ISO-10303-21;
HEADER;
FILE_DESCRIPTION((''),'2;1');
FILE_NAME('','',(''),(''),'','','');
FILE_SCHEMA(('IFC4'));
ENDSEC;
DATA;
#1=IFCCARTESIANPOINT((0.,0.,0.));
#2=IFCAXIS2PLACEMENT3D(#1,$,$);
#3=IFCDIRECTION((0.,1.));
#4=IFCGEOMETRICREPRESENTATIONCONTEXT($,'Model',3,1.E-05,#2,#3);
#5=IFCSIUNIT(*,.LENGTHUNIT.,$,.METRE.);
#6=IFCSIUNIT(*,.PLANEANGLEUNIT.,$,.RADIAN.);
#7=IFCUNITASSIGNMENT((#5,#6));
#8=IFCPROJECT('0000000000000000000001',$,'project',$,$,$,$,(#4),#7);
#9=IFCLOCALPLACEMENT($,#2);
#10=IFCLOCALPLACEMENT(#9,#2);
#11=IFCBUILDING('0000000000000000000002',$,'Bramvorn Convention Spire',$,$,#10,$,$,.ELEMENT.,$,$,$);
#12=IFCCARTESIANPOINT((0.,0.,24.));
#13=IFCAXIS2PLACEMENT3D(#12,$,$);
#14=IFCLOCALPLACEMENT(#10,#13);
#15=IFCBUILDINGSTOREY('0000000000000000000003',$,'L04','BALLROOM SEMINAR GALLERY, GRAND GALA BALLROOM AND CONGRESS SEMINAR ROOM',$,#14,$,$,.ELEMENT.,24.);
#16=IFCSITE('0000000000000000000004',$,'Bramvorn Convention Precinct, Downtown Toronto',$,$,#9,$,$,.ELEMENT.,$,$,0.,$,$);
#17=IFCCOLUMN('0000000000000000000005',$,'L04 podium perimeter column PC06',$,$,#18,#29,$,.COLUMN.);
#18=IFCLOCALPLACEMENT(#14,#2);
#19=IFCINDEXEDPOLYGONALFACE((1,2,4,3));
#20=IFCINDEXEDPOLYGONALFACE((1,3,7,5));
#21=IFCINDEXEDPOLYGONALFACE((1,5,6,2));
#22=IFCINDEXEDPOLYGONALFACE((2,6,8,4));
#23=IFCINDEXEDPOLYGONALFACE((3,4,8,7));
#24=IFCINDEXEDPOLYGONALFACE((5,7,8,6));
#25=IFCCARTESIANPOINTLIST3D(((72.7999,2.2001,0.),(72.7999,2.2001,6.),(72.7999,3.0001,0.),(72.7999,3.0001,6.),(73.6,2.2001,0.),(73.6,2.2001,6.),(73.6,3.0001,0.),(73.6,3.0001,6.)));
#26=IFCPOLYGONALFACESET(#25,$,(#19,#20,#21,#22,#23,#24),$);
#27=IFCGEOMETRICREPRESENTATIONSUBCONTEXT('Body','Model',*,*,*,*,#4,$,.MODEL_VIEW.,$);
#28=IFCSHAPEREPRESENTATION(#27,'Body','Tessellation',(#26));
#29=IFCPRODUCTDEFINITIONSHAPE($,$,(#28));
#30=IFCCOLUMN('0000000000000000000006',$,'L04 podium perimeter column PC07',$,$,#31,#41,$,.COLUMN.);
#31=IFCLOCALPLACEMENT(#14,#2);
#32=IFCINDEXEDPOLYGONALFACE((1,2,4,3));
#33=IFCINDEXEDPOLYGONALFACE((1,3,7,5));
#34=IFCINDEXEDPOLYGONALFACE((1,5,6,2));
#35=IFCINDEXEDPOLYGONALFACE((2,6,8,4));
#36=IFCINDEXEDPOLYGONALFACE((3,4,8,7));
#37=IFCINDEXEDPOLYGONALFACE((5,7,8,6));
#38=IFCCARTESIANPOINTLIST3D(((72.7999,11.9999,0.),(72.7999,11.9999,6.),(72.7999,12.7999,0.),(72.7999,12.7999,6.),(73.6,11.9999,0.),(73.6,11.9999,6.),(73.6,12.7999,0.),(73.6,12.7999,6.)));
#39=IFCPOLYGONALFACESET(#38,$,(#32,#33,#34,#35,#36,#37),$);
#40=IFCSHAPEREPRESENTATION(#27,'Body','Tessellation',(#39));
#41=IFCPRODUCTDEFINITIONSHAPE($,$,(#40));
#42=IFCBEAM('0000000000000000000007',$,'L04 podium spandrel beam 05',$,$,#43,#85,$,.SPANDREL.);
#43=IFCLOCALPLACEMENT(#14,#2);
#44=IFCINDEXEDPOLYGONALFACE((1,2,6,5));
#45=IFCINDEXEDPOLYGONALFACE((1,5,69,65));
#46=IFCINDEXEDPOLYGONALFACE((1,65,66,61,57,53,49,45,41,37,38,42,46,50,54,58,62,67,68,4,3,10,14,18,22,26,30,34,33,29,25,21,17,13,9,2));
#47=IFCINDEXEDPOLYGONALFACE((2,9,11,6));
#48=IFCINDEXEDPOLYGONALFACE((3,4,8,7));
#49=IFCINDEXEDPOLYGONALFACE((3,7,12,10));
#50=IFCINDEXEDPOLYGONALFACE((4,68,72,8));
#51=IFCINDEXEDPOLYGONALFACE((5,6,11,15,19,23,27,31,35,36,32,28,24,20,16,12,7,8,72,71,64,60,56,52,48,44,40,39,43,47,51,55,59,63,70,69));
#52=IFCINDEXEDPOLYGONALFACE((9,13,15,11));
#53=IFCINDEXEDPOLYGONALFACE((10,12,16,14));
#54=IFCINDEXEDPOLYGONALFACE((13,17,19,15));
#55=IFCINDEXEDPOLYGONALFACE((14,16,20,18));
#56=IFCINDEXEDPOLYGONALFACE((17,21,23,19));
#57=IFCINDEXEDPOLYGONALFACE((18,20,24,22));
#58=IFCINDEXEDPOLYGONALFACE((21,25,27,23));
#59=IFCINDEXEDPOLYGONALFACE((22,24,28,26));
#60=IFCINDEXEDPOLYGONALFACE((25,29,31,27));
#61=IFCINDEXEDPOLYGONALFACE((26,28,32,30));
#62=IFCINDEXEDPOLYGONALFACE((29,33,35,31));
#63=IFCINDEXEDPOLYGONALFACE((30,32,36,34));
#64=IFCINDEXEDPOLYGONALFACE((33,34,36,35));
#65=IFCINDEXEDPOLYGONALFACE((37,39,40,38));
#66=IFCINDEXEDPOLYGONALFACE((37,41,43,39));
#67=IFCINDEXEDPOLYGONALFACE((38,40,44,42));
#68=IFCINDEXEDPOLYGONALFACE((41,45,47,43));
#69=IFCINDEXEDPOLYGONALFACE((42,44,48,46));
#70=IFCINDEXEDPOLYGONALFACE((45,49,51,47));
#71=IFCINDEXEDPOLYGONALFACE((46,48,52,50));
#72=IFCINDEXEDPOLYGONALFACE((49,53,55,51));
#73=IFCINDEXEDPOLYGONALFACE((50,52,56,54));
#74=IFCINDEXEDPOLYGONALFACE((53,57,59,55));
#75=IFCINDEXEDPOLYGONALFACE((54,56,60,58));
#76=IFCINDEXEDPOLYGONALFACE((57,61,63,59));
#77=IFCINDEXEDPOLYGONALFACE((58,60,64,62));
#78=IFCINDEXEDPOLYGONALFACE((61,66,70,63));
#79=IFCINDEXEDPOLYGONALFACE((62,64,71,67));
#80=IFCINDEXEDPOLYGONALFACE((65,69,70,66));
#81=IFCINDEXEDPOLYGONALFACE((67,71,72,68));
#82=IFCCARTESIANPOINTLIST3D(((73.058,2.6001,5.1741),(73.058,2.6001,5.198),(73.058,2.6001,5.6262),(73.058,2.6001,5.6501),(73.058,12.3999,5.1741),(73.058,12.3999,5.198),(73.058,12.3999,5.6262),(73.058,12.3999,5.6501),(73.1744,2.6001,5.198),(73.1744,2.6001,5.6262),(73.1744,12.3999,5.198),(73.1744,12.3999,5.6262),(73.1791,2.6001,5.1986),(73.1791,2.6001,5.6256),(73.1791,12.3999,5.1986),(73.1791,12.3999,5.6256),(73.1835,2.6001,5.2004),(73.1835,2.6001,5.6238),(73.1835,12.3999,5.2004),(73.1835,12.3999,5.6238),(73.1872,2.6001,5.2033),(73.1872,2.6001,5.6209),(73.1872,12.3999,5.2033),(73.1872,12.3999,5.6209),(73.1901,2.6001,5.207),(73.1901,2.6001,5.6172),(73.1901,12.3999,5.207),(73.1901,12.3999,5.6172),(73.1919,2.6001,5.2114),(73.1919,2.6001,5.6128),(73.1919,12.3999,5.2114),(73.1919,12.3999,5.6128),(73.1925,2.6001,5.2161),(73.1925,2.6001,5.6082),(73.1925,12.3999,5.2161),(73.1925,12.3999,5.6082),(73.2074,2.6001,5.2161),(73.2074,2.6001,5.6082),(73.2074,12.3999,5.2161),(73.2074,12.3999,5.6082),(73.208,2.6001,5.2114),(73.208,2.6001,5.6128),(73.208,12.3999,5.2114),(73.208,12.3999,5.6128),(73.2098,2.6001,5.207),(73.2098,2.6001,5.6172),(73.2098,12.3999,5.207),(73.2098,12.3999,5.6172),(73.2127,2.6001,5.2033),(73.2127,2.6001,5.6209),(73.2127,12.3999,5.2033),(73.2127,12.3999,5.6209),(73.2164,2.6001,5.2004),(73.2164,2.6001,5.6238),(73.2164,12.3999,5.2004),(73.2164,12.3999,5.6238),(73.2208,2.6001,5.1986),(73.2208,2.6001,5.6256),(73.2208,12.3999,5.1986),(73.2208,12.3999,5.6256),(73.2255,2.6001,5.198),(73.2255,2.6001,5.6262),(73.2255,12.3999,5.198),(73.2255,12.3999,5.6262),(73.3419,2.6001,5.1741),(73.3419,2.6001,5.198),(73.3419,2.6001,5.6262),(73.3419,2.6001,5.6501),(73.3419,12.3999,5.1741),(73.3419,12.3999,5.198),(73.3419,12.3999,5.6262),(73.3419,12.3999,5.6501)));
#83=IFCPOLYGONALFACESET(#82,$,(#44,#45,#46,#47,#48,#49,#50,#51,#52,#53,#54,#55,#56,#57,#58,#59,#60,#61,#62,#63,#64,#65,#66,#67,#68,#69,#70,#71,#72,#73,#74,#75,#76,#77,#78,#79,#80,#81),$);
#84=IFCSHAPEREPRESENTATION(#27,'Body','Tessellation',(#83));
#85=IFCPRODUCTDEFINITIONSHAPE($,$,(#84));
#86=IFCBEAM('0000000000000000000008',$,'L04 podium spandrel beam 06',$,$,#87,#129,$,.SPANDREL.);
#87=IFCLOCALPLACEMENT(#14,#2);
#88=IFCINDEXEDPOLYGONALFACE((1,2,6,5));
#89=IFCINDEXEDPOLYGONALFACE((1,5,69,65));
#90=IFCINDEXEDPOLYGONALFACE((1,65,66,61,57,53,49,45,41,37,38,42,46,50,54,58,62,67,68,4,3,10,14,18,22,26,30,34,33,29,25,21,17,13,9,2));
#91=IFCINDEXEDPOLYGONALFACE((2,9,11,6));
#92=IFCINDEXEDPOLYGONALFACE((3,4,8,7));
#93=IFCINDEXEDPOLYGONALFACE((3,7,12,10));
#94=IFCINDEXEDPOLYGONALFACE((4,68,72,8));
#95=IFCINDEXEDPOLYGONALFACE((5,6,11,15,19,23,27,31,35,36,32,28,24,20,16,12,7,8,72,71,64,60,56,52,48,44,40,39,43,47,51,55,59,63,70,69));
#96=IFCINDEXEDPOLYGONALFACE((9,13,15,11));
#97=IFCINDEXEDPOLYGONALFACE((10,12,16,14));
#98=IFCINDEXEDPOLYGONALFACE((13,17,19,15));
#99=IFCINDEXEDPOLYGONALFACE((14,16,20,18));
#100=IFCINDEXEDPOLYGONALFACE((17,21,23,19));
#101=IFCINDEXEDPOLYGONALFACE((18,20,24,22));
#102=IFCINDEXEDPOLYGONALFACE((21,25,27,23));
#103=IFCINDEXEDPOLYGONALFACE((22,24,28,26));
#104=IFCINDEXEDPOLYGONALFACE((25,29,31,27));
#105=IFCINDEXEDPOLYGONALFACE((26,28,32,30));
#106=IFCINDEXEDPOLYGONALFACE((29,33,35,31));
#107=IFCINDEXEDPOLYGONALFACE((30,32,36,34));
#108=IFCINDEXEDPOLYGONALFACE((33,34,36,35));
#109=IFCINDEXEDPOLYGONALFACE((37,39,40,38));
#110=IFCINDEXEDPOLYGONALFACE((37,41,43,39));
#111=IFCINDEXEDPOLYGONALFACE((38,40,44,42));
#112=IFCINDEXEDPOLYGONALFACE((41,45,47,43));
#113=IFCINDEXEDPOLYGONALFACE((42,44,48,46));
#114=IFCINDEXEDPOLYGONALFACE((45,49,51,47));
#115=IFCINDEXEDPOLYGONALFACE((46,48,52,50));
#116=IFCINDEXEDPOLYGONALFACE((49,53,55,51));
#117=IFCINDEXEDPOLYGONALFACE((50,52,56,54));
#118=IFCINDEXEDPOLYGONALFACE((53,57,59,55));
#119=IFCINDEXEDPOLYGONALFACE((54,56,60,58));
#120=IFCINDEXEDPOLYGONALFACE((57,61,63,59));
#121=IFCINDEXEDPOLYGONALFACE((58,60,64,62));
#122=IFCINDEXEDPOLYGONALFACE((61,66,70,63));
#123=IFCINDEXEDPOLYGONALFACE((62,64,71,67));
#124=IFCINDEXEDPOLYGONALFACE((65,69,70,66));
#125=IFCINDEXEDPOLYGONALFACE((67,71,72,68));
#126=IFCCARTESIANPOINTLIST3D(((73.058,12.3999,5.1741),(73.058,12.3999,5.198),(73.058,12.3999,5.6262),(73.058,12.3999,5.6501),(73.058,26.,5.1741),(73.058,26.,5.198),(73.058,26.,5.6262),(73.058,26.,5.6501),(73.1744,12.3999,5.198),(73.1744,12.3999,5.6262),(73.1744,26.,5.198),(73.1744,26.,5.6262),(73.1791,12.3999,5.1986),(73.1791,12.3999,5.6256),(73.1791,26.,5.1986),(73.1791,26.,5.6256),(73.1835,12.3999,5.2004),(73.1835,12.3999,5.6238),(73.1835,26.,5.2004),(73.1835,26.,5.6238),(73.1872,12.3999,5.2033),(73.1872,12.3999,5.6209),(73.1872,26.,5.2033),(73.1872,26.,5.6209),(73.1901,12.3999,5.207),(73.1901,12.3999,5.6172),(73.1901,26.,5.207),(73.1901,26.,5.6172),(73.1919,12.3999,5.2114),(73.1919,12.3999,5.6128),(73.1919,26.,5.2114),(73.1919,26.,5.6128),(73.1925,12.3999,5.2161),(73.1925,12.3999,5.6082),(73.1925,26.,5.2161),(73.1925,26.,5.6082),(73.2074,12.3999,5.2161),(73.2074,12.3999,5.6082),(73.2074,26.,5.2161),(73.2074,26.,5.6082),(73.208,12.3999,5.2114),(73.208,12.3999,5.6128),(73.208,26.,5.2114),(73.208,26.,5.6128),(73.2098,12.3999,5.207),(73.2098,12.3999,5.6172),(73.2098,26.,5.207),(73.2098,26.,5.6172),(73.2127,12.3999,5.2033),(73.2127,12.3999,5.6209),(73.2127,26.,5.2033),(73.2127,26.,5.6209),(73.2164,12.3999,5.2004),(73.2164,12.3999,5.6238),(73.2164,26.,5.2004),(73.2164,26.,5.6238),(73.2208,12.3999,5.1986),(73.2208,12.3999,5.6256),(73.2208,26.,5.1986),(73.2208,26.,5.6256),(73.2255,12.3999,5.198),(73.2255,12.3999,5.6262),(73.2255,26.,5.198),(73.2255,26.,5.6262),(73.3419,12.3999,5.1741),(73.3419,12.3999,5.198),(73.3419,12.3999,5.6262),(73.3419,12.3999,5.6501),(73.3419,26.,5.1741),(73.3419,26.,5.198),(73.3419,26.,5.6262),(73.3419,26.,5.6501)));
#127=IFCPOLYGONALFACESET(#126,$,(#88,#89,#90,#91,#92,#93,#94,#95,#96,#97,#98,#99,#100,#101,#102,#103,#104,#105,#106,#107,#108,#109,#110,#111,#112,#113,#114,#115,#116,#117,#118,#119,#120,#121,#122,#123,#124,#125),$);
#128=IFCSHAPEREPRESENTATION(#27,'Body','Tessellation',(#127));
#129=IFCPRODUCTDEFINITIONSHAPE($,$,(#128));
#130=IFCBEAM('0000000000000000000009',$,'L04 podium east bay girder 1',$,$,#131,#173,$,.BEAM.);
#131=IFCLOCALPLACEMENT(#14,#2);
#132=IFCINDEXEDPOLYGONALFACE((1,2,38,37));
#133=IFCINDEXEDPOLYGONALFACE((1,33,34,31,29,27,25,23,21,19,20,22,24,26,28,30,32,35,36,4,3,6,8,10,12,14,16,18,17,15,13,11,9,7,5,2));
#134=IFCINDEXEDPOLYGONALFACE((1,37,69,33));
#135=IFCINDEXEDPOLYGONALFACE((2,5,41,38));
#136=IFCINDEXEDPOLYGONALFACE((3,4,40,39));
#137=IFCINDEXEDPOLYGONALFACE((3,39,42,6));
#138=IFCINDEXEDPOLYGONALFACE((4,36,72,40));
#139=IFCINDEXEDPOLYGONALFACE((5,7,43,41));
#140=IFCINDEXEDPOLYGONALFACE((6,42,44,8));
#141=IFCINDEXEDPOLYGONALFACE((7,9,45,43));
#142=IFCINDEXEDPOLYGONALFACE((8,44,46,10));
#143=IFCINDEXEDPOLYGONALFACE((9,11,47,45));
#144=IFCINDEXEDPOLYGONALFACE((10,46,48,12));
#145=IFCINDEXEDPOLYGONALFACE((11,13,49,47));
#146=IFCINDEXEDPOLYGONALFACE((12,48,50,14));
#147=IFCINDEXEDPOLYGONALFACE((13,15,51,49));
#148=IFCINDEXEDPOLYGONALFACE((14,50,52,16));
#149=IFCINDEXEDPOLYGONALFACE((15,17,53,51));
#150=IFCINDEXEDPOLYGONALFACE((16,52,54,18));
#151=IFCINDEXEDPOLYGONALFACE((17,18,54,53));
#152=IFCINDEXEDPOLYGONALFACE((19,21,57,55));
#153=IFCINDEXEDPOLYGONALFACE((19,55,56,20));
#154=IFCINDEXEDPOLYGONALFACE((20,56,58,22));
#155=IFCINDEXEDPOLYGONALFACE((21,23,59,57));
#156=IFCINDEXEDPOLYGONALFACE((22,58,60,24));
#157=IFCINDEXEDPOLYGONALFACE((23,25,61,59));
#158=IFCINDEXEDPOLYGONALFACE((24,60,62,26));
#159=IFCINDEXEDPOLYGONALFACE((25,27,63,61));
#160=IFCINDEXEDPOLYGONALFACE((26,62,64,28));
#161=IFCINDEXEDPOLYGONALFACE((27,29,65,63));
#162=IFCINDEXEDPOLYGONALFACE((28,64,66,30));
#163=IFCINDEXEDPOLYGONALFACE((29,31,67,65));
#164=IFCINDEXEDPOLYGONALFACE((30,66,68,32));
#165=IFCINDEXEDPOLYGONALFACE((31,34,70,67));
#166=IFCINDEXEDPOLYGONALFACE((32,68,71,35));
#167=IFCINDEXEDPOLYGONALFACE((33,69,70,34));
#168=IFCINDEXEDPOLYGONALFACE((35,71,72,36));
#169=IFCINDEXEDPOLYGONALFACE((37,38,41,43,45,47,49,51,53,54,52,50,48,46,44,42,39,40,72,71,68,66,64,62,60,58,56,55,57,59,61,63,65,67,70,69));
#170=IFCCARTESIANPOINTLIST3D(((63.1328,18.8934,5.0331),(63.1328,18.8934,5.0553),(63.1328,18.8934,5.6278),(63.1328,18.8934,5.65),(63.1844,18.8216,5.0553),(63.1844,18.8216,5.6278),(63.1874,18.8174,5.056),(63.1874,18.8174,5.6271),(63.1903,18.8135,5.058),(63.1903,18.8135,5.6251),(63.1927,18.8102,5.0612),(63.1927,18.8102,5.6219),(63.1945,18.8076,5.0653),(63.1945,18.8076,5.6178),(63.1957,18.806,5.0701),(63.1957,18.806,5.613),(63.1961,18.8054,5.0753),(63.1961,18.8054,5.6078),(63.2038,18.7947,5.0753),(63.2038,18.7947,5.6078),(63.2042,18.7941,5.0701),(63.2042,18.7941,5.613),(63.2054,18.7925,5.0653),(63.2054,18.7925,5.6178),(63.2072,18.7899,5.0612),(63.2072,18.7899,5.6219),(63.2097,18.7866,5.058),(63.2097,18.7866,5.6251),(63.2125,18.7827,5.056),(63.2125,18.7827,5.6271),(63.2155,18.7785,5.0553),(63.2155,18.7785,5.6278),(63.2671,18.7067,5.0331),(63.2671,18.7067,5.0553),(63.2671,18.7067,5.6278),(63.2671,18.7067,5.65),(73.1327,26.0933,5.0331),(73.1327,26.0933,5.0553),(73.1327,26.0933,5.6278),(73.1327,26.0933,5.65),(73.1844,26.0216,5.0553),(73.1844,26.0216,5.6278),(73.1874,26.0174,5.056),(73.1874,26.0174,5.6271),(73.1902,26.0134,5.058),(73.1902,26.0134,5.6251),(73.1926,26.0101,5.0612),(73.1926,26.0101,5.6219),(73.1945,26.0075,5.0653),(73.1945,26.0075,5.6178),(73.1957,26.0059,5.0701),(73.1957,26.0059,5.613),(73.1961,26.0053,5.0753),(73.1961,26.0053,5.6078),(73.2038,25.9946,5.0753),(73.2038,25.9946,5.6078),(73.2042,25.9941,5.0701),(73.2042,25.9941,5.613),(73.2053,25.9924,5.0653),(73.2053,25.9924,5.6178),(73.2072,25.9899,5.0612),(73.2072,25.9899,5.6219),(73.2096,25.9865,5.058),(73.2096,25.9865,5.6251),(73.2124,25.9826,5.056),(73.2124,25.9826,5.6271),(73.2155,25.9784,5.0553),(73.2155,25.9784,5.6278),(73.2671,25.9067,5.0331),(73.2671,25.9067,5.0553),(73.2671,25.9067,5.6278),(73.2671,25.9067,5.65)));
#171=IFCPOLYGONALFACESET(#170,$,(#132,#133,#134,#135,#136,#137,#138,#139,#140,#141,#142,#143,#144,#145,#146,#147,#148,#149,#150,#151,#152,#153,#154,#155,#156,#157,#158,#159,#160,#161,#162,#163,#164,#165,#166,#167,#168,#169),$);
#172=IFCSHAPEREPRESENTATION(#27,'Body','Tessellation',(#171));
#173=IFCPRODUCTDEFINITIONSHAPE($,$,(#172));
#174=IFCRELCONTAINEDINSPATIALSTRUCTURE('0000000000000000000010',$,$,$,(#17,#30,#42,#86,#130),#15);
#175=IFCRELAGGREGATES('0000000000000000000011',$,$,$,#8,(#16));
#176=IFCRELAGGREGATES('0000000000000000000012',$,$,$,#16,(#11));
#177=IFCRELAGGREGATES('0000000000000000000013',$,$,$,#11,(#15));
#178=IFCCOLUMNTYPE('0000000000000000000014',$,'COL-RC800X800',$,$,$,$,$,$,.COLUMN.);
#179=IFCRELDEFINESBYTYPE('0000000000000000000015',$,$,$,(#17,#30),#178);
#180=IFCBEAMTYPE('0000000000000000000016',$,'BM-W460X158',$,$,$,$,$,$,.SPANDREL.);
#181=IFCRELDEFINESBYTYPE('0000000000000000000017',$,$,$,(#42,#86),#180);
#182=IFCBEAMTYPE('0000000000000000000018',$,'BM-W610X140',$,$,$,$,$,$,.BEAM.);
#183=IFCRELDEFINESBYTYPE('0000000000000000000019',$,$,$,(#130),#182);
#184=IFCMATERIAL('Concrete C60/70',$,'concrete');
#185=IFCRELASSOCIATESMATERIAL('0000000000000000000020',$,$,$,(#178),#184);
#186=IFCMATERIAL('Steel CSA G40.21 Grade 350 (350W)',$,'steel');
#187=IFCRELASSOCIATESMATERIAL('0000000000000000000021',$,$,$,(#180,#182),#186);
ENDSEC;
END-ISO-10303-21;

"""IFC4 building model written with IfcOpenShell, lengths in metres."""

from ifc_helpers import new_model, si_unit, direction, frame, origin, origin_2d, place, context, subcontext, project, spatial, rectangle, i_section, extrude, material, material_profile, profile_set, type_object, element, save


model = new_model("IFC4")

# Units and contexts
model_context = context("Model", 3, precision=1e-05, world=origin(), true_north=direction((0.0, 1.0)))
body_context = subcontext(model_context, "Body", "Model", "MODEL_VIEW")
ifc_project = project(units=[si_unit("LENGTHUNIT", "METRE"), si_unit("PLANEANGLEUNIT", "RADIAN")], contexts=[model_context])

# Site, building, storey
site_placement = place(None, origin())
site = spatial("IfcSite", under=ifc_project, at=site_placement, Name="Bramvorn Convention Precinct, Downtown Toronto", CompositionType="ELEMENT", RefElevation=0.0)
building_placement = place(site_placement, origin())
building = spatial("IfcBuilding", under=site, at=building_placement, Name="Bramvorn Convention Spire", CompositionType="ELEMENT")
storey_placement = place(building_placement, frame((0.0, 0.0, 24.0)))
storey = spatial("IfcBuildingStorey", under=building, at=storey_placement, Name="L04", Description="BALLROOM SEMINAR GALLERY, GRAND GALA BALLROOM AND CONGRESS SEMINAR ROOM", CompositionType="ELEMENT", Elevation=24.0)

# Columns
ifc_material_1 = material(Name="Steel CSA G40.21 Grade 350 (350W)", Category="steel")
ifc_material_2 = material(Name="Concrete C60/70", Category="concrete")
ifc_material_profile_1 = material_profile(ifc_material_2, rectangle(XDim=0.8, YDim=0.8, at=origin_2d()))
ifc_profile_set_1 = profile_set([ifc_material_profile_1], Name="Concrete C60/70 - RC800X800")
column_type_1 = type_object("IfcColumnType", Name="COL-RC800X800", PredefinedType="COLUMN", material=ifc_profile_set_1)
for number, where, z_axis, x_axis, name in (
    (1, (73.2, 2.6001, 0.0), (0.0, 0.0, 1.0), (1.0, 0.0, 0.0), "L04 podium perimeter column PC06"),
    (2, (73.2, 12.3999, 0.0), (0.0, 0.0, 1.0), (1.0, 0.0, 0.0), "L04 podium perimeter column PC07"),
):
    element("IfcColumn", number, at=place(storey_placement, frame(where, z_axis=z_axis, x_axis=x_axis)), inside=storey, type_object=column_type_1, Name=name, PredefinedType="COLUMN", context=body_context, shape_type="SweptSolid", body=[
        extrude(rectangle(XDim=0.8, YDim=0.8, at=origin_2d()), origin(), (0.0, 0.0, 1.0), 6.0),
    ])

# Beams
ifc_material_profile_2 = material_profile(ifc_material_1, i_section(OverallWidth=0.2839, OverallDepth=0.4761, WebThickness=0.0149, FlangeThickness=0.0239, FilletRadius=0.0181, at=origin_2d()))
ifc_profile_set_2 = profile_set([ifc_material_profile_2], Name="Steel CSA G40.21 Grade 350 (350W) - W460X158")
beam_type_1 = type_object("IfcBeamType", Name="BM-W460X158", PredefinedType="SPANDREL", material=ifc_profile_set_2)
beam_1_placement = place(storey_placement, frame((73.2, 2.6001, 5.4121), z_axis=(0.0, 1.0, 0.0), x_axis=(-1.0, 0.0, 0.0)))
element("IfcBeam", 3, at=beam_1_placement, inside=storey, type_object=beam_type_1, Name="L04 podium spandrel beam 05", PredefinedType="SPANDREL", context=body_context, shape_type="SweptSolid", body=[
    extrude(i_section(OverallWidth=0.2839, OverallDepth=0.4761, WebThickness=0.0149, FlangeThickness=0.0239, FilletRadius=0.0181, at=origin_2d()), origin(), (0.0, 0.0, 1.0), 9.7998),
])
beam_2_placement = place(storey_placement, frame((73.2, 12.3999, 5.4121), z_axis=(0.0, 1.0, 0.0), x_axis=(-1.0, 0.0, 0.0)))
element("IfcBeam", 4, at=beam_2_placement, inside=storey, type_object=beam_type_1, Name="L04 podium spandrel beam 06", PredefinedType="SPANDREL", context=body_context, shape_type="SweptSolid", body=[
    extrude(i_section(OverallWidth=0.2839, OverallDepth=0.4761, WebThickness=0.0149, FlangeThickness=0.0239, FilletRadius=0.0181, at=origin_2d()), origin(), (0.0, 0.0, 1.0), 13.6001),
])
ifc_material_profile_3 = material_profile(ifc_material_1, i_section(OverallWidth=0.23, OverallDepth=0.6169, WebThickness=0.0132, FlangeThickness=0.0222, FilletRadius=0.02, at=origin_2d()))
ifc_profile_set_3 = profile_set([ifc_material_profile_3], Name="Steel CSA G40.21 Grade 350 (350W) - W610X140")
beam_type_2 = type_object("IfcBeamType", Name="BM-W610X140", PredefinedType="BEAM", material=ifc_profile_set_3)
beam_3_placement = place(storey_placement, frame((63.2, 18.8, 5.3416), z_axis=(0.811536, 0.584302, 0.0), x_axis=(-0.584302, 0.811536, 0.0)))
element("IfcBeam", 5, at=beam_3_placement, inside=storey, type_object=beam_type_2, Name="L04 podium east bay girder 1", PredefinedType="BEAM", context=body_context, shape_type="SweptSolid", body=[
    extrude(i_section(OverallWidth=0.23, OverallDepth=0.6169, WebThickness=0.0132, FlangeThickness=0.0222, FilletRadius=0.02, at=origin_2d()), origin(), (0.0, 0.0, 1.0), 12.3223),
])

save(model, "model.ifc")
